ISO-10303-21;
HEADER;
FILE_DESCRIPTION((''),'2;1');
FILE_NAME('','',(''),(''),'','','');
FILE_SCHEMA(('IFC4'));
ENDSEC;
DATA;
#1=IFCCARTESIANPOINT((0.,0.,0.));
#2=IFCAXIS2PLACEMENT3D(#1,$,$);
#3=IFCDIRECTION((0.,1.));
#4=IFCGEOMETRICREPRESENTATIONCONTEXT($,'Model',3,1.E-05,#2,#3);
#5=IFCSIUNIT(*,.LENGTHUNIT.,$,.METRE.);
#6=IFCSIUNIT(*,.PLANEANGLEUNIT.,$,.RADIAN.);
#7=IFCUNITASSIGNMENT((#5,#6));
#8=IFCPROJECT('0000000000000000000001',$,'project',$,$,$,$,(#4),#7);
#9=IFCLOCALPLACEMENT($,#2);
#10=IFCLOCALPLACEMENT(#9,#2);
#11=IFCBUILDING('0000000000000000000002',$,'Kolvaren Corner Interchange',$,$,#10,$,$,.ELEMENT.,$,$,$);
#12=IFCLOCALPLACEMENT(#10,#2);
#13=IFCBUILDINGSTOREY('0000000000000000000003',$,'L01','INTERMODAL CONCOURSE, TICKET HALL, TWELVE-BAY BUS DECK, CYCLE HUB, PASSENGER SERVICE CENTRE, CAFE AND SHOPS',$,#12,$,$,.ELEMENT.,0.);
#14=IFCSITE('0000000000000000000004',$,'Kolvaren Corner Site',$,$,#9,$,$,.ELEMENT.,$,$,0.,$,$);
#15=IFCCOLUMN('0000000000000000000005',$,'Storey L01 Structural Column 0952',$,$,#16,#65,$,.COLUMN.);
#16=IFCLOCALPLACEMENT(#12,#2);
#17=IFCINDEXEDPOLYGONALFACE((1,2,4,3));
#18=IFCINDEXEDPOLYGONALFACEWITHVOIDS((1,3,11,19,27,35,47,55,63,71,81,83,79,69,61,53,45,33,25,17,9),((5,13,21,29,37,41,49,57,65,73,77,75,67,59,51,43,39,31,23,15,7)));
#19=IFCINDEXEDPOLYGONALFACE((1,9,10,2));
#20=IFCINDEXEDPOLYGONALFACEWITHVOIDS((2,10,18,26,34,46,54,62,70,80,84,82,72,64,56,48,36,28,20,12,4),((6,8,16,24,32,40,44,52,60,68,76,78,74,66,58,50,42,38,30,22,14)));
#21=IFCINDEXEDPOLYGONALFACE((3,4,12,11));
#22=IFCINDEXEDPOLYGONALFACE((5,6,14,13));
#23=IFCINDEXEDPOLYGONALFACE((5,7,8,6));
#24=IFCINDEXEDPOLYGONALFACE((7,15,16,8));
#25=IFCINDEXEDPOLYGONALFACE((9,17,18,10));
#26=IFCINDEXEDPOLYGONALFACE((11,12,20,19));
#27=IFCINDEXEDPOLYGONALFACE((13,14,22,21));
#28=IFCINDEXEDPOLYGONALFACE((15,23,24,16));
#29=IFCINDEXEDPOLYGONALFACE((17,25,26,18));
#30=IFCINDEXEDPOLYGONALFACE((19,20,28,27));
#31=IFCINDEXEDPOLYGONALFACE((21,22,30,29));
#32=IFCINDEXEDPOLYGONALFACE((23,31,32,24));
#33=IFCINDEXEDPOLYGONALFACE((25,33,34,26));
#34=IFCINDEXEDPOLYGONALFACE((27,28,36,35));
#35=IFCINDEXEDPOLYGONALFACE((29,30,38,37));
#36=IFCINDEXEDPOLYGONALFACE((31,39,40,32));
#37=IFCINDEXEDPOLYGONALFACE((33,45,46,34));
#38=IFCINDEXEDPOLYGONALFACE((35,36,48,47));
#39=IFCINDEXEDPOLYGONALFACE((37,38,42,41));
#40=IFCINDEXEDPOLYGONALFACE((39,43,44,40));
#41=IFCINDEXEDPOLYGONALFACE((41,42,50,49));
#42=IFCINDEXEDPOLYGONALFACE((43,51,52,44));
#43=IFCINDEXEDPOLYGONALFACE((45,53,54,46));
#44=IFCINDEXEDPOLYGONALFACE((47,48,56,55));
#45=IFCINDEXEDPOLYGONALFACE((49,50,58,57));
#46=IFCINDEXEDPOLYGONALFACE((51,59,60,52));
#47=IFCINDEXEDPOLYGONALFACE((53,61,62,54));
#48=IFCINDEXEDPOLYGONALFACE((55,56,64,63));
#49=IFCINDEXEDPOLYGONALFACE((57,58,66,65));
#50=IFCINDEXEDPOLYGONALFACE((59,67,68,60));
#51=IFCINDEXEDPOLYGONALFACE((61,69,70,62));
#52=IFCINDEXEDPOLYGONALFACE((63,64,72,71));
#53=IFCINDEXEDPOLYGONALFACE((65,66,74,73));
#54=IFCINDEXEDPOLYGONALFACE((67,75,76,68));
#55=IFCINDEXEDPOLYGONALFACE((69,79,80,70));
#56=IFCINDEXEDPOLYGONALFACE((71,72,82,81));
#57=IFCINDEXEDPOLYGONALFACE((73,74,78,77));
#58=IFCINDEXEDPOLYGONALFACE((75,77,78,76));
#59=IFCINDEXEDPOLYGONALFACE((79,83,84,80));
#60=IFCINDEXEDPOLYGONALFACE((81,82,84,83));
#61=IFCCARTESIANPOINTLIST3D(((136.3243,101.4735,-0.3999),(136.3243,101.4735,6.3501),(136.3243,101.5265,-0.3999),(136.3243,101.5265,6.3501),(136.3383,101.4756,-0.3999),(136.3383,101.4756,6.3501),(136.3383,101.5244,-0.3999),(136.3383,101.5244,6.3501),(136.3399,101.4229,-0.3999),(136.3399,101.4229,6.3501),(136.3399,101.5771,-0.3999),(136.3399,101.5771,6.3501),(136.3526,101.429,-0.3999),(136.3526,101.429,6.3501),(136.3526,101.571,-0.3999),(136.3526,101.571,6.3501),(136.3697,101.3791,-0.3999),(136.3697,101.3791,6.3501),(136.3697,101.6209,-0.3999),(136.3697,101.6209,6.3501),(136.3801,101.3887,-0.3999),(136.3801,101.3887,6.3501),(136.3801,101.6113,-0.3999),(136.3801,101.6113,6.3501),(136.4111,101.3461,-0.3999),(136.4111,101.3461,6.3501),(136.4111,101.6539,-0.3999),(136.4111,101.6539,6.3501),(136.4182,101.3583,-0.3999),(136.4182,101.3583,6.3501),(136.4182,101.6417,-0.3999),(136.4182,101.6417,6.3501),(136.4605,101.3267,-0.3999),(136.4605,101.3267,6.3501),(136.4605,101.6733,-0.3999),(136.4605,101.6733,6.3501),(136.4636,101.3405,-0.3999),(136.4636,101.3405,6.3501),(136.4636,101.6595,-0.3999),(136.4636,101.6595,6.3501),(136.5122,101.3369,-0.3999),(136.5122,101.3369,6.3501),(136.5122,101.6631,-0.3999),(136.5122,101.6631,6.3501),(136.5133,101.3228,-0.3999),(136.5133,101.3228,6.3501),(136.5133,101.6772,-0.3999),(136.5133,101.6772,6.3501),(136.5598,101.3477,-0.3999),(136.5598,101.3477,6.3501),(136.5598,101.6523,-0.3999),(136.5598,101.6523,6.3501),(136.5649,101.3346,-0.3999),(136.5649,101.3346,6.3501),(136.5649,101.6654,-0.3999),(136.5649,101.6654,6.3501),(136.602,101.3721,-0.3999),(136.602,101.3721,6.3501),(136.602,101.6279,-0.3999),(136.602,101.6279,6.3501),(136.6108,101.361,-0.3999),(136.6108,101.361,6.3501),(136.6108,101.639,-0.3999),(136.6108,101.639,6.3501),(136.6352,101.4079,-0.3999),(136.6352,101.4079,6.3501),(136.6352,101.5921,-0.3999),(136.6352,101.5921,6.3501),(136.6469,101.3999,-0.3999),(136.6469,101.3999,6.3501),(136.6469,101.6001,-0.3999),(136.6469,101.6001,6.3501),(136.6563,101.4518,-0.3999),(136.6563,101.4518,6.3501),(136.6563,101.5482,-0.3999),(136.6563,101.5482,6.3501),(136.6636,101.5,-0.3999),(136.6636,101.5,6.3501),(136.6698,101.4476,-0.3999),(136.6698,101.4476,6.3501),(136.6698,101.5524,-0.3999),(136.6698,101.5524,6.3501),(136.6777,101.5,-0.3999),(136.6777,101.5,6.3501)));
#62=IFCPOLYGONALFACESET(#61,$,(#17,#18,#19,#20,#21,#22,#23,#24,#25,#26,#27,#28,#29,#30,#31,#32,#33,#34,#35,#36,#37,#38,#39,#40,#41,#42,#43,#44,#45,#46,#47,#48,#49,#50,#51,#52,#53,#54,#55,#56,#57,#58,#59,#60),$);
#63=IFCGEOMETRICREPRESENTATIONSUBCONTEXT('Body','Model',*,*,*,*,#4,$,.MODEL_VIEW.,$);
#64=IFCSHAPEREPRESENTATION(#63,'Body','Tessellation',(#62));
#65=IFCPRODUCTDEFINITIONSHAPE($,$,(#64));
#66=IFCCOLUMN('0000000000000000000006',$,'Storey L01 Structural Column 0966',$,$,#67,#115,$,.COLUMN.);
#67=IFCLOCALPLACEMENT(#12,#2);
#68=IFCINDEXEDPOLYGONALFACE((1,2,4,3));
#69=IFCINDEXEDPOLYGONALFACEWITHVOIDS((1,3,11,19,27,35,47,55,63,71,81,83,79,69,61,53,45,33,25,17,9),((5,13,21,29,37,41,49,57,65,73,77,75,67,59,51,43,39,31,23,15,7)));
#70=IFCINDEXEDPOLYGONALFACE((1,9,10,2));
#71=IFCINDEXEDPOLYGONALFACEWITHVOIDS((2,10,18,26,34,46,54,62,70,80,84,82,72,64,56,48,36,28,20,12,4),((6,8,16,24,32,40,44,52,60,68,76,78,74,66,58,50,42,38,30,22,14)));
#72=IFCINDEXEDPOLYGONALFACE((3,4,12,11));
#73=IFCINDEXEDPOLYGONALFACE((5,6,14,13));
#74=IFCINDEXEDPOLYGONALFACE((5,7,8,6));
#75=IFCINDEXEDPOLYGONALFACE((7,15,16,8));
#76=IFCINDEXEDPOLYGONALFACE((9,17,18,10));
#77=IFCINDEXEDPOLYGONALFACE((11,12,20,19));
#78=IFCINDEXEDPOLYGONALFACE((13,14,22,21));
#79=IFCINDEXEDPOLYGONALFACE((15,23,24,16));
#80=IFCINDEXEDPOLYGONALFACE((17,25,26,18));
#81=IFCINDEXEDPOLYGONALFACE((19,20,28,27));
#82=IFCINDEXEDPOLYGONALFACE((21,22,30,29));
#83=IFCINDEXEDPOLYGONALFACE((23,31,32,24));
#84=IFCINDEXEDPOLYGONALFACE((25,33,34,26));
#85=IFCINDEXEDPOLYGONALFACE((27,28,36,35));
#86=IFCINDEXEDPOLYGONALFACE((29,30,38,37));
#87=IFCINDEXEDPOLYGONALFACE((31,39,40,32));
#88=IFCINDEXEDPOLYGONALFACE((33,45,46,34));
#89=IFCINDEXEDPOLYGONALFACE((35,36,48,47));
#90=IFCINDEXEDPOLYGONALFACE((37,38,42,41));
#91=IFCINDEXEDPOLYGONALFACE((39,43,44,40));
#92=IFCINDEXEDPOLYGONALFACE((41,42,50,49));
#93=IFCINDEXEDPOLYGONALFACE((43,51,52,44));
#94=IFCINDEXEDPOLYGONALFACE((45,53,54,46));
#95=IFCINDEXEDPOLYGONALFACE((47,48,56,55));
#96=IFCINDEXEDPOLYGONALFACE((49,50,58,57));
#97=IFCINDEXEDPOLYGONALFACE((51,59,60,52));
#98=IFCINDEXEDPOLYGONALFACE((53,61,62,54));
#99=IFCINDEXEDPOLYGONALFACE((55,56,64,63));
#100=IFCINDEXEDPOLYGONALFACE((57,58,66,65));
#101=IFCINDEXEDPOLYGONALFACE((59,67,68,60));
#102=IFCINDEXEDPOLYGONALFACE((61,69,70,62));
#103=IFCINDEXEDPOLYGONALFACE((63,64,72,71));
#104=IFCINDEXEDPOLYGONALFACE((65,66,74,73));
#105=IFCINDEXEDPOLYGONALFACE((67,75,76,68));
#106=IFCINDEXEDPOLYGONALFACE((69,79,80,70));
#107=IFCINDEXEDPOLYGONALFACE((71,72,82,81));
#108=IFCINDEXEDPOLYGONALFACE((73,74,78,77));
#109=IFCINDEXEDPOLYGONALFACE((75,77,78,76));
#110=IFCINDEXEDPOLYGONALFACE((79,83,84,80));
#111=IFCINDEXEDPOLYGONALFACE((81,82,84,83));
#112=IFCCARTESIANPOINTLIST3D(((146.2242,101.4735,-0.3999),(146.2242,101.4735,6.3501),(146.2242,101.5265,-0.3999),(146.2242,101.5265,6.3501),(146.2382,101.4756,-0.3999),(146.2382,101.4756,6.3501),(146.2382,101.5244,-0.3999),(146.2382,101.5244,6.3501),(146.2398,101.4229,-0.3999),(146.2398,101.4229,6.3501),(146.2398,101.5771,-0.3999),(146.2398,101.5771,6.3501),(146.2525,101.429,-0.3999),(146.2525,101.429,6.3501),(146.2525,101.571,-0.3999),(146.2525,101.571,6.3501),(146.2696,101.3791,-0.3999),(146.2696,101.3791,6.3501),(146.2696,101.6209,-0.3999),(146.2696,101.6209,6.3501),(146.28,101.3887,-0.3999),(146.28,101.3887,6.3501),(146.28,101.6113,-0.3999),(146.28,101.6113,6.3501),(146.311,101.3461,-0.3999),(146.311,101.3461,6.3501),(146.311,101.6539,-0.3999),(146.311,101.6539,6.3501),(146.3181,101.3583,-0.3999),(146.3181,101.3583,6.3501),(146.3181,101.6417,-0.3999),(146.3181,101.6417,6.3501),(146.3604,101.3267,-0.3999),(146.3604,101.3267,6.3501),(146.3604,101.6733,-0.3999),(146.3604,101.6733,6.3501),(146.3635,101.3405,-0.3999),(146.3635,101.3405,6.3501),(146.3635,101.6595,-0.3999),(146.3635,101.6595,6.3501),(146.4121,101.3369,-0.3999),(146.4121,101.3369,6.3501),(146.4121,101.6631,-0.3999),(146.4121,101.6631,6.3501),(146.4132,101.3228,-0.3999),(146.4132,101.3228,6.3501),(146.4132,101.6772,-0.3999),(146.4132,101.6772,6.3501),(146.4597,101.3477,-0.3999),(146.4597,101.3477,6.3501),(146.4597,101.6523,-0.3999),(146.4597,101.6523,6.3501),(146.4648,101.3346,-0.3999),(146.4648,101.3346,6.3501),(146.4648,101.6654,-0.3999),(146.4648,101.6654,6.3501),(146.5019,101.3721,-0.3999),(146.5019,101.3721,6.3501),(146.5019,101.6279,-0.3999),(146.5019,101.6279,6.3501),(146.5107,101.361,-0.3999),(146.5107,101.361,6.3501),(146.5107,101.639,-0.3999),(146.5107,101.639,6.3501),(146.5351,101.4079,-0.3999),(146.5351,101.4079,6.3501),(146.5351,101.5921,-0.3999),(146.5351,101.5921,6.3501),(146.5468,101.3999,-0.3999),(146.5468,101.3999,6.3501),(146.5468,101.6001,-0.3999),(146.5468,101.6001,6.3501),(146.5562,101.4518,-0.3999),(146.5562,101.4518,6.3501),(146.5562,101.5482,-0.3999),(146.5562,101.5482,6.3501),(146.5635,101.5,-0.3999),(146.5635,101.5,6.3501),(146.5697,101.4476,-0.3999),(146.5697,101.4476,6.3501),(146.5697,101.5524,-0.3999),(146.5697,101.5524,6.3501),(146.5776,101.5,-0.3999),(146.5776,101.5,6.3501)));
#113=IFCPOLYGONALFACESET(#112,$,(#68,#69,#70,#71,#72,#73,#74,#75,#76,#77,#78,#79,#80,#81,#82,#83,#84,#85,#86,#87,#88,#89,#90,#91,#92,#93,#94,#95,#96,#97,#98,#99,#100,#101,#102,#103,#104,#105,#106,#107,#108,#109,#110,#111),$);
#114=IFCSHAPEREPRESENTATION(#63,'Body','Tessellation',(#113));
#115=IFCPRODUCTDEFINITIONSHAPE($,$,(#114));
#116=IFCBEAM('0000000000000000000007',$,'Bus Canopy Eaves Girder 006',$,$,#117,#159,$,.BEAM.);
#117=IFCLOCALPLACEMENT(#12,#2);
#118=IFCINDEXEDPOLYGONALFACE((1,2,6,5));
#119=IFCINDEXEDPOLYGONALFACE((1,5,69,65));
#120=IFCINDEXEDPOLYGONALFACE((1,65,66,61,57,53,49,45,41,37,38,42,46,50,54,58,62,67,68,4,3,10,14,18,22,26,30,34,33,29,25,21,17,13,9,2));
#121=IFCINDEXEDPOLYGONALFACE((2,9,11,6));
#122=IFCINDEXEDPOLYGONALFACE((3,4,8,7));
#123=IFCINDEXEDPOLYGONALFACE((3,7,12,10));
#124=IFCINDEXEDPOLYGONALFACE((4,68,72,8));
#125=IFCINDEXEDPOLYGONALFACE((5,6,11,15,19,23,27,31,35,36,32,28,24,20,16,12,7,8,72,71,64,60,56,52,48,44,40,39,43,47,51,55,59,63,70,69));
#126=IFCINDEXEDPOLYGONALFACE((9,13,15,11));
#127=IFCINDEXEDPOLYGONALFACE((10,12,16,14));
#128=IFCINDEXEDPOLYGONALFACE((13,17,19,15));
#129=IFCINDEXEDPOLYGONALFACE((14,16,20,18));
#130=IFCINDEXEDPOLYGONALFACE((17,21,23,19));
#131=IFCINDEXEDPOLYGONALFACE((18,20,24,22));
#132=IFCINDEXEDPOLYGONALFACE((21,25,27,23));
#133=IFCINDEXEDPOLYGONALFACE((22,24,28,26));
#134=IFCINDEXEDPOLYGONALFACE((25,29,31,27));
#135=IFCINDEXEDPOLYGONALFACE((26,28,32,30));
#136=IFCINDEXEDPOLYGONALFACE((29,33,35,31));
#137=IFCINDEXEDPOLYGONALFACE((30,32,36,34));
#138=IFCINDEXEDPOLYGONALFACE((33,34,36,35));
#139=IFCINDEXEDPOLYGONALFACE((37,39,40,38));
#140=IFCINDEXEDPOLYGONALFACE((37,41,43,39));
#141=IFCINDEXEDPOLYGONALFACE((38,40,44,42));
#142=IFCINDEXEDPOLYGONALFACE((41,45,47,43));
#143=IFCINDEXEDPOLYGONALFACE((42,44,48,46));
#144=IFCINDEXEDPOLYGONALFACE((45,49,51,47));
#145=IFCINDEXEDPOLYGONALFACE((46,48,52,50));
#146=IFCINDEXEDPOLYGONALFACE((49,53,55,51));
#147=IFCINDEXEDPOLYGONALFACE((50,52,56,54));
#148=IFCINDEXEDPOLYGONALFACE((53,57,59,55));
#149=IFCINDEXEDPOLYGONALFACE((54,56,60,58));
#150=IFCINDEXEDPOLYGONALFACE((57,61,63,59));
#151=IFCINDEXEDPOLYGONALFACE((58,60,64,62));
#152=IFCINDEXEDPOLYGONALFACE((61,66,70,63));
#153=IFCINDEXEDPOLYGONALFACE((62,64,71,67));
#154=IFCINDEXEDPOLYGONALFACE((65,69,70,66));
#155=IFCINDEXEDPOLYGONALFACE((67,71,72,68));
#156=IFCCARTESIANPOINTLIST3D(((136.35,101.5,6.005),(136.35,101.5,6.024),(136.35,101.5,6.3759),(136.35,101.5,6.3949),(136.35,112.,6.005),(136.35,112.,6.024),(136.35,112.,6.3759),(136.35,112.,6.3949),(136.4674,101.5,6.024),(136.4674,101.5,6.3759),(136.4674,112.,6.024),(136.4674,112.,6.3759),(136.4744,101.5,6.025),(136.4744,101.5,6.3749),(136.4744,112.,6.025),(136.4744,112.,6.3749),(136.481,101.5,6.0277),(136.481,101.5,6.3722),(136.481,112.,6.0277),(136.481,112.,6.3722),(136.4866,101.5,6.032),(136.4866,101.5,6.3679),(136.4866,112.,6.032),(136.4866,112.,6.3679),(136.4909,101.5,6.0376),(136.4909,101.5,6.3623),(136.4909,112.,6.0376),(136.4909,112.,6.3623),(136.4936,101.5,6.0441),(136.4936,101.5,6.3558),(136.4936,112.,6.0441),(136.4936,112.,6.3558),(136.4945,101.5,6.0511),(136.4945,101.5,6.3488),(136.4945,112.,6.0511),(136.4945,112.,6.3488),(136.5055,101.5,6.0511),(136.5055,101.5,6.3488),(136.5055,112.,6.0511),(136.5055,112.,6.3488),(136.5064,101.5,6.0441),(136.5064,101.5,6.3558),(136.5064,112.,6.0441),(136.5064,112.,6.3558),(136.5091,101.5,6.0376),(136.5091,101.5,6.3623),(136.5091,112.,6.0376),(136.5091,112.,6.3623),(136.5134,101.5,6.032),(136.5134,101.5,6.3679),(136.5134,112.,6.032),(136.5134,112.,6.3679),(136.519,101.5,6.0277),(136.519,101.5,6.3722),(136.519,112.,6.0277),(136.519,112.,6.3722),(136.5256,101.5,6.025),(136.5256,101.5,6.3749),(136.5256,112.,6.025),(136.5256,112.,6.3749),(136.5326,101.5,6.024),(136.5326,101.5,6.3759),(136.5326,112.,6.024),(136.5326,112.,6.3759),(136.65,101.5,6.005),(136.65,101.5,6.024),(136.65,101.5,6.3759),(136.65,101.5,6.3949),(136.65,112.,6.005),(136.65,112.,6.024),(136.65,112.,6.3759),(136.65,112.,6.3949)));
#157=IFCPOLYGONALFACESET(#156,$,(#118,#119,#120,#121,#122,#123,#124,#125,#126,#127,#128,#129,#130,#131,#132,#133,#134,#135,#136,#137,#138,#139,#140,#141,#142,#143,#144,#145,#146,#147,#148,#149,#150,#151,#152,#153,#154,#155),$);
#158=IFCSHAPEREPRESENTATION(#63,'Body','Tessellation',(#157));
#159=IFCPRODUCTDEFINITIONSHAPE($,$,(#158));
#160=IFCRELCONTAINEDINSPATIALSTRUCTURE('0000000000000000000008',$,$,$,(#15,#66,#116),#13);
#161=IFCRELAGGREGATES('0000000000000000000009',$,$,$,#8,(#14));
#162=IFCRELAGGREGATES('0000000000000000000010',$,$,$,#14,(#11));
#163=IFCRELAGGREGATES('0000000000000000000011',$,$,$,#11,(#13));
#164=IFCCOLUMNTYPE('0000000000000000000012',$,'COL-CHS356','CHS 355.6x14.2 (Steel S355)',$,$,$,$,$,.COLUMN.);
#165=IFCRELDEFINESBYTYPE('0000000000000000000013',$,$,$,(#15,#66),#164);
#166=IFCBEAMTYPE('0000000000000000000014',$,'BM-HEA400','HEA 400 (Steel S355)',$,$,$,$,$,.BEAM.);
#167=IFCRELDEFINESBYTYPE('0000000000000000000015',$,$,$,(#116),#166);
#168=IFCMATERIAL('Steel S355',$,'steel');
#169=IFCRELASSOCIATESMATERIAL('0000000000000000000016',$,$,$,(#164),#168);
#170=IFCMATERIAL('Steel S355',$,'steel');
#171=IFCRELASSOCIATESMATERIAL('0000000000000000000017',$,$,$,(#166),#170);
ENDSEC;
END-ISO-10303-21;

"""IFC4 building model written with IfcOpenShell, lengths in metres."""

from ifc_helpers import new_model, si_unit, direction, frame, origin, origin_2d, place, context, subcontext, project, spatial, hollow_circle, i_section, extrude, material, material_profile, profile_set, type_object, element, save


model = new_model("IFC4")

# Units and contexts
model_context = context("Model", 3, precision=1e-05, world=origin(), true_north=direction((0.0, 1.0)))
body_context = subcontext(model_context, "Body", "Model", "MODEL_VIEW")
ifc_project = project(units=[si_unit("LENGTHUNIT", "METRE"), si_unit("PLANEANGLEUNIT", "RADIAN")], contexts=[model_context])

# Site, building, storey
site_placement = place(None, origin())
site = spatial("IfcSite", under=ifc_project, at=site_placement, Name="Kolvaren Corner Site", CompositionType="ELEMENT", RefElevation=0.0)
building_placement = place(site_placement, origin())
building = spatial("IfcBuilding", under=site, at=building_placement, Name="Kolvaren Corner Interchange", CompositionType="ELEMENT")
storey_placement = place(building_placement, origin())
storey = spatial("IfcBuildingStorey", under=building, at=storey_placement, Name="L01", Description="INTERMODAL CONCOURSE, TICKET HALL, TWELVE-BAY BUS DECK, CYCLE HUB, PASSENGER SERVICE CENTRE, CAFE AND SHOPS", CompositionType="ELEMENT", Elevation=0.0)

# Columns
ifc_material_1 = material(Name="Steel S355", Category="steel")
ifc_material_profile_1 = material_profile(ifc_material_1, hollow_circle(Radius=0.1777, WallThickness=0.0142, at=origin_2d()), Name="CHS 355.6x14.2")
ifc_profile_set_1 = profile_set([ifc_material_profile_1], Name="Steel S355")
column_type = type_object("IfcColumnType", Name="COL-CHS356", Description="CHS 355.6x14.2 (Steel S355)", PredefinedType="COLUMN", material=ifc_profile_set_1)
for number, where, z_axis, x_axis, name in (
    (1, (136.5, 101.5, -0.3999), (0.0, 0.0, 1.0), (1.0, 0.0, 0.0), "Storey L01 Structural Column 0952"),
    (2, (146.3999, 101.5, -0.3999), (0.0, 0.0, 1.0), (1.0, 0.0, 0.0), "Storey L01 Structural Column 0966"),
):
    element("IfcColumn", number, at=place(storey_placement, frame(where, z_axis=z_axis, x_axis=x_axis)), inside=storey, type_object=column_type, Name=name, PredefinedType="COLUMN", context=body_context, shape_type="SweptSolid", body=[
        extrude(hollow_circle(Radius=0.1777, WallThickness=0.0142, at=origin_2d()), origin(), (0.0, 0.0, 1.0), 6.75),
    ])

# Beam
ifc_material_2 = material(Name="Steel S355", Category="steel")
ifc_material_profile_2 = material_profile(ifc_material_2, i_section(OverallWidth=0.3, OverallDepth=0.3899, WebThickness=0.011, FlangeThickness=0.019, FilletRadius=0.0271, at=origin_2d()), Name="HEA 400")
ifc_profile_set_2 = profile_set([ifc_material_profile_2], Name="Steel S355")
beam_type = type_object("IfcBeamType", Name="BM-HEA400", Description="HEA 400 (Steel S355)", PredefinedType="BEAM", material=ifc_profile_set_2)
beam_placement = place(storey_placement, frame((136.5, 101.5, 6.2), z_axis=(0.0, 1.0, 0.0), x_axis=(-1.0, 0.0, 0.0)))
element("IfcBeam", 3, at=beam_placement, inside=storey, type_object=beam_type, Name="Bus Canopy Eaves Girder 006", PredefinedType="BEAM", context=body_context, shape_type="SweptSolid", body=[
    extrude(i_section(OverallWidth=0.3, OverallDepth=0.3899, WebThickness=0.011, FlangeThickness=0.019, FilletRadius=0.0271, at=origin_2d()), origin(), (0.0, 0.0, 1.0), 10.5),
])

save(model, "model.ifc")
